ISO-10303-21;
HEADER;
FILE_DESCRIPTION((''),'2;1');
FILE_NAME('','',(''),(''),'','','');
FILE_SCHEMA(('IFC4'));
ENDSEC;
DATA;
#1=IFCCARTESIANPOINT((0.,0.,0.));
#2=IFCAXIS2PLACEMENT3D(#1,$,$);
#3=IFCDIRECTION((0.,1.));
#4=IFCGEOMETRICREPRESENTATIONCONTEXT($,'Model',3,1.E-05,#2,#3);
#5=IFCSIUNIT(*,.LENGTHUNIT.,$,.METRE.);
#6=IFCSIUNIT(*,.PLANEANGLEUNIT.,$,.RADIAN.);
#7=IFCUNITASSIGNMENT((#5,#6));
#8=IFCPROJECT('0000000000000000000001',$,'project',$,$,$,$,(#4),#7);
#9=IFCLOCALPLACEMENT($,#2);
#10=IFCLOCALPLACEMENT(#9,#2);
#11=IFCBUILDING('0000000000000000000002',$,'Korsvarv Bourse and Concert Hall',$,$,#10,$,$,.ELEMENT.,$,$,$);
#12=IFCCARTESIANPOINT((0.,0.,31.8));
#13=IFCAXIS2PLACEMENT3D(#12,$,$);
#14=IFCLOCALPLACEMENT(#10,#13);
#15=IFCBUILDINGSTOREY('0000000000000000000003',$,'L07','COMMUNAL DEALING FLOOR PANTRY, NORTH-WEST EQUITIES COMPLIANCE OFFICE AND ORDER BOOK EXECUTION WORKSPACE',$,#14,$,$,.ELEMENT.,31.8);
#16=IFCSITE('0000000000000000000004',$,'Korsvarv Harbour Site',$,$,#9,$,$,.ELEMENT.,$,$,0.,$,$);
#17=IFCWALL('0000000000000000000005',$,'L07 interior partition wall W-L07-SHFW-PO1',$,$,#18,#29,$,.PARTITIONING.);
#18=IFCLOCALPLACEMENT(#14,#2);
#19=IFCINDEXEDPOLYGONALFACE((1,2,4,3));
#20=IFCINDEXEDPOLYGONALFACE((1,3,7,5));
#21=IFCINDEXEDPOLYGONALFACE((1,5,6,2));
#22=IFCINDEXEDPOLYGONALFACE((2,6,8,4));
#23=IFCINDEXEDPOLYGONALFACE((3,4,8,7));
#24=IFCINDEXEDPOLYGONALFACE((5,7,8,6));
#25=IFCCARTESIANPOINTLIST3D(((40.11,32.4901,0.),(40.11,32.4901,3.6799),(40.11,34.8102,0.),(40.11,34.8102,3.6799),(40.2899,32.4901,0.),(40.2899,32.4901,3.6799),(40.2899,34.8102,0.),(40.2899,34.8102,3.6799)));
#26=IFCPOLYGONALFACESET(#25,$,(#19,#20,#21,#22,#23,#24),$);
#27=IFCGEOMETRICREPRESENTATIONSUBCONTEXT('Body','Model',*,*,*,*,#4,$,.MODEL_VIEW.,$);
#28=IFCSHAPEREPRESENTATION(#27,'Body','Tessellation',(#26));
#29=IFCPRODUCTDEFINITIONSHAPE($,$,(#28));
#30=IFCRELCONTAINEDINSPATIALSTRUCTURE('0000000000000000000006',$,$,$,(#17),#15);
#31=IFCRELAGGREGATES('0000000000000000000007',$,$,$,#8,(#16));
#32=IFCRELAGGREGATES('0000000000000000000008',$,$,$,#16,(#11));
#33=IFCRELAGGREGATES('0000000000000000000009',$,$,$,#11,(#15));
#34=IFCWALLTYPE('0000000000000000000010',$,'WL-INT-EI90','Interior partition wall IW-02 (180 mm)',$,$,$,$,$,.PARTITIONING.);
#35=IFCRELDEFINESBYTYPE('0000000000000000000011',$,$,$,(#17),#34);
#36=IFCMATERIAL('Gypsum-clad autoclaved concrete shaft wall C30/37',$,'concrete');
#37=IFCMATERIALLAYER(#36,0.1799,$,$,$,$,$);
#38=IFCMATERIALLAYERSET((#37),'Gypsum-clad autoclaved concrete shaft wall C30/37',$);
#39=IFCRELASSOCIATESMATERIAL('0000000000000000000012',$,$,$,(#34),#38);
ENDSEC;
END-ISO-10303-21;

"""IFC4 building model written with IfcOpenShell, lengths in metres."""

from ifc_helpers import new_model, si_unit, direction, frame, frame_2d, origin, place, context, subcontext, project, spatial, rectangle, extrude, material, layer, layer_set, type_object, element, save


model = new_model("IFC4")

# Units and contexts
model_context = context("Model", 3, precision=1e-05, world=origin(), true_north=direction((0.0, 1.0)))
body_context = subcontext(model_context, "Body", "Model", "MODEL_VIEW")
ifc_project = project(units=[si_unit("LENGTHUNIT", "METRE"), si_unit("PLANEANGLEUNIT", "RADIAN")], contexts=[model_context])

# Site, building, storey
site_placement = place(None, origin())
site = spatial("IfcSite", under=ifc_project, at=site_placement, Name="Korsvarv Harbour Site", CompositionType="ELEMENT", RefElevation=0.0)
building_placement = place(site_placement, origin())
building = spatial("IfcBuilding", under=site, at=building_placement, Name="Korsvarv Bourse and Concert Hall", CompositionType="ELEMENT")
storey_placement = place(building_placement, frame((0.0, 0.0, 31.8)))
storey = spatial("IfcBuildingStorey", under=building, at=storey_placement, Name="L07", Description="COMMUNAL DEALING FLOOR PANTRY, NORTH-WEST EQUITIES COMPLIANCE OFFICE AND ORDER BOOK EXECUTION WORKSPACE", CompositionType="ELEMENT", Elevation=31.8)

# Wall
ifc_material_1 = material(Name="Gypsum-clad autoclaved concrete shaft wall C30/37", Category="concrete")
ifc_layer_1 = layer(ifc_material_1, 0.1799)
ifc_layer_set_1 = layer_set([ifc_layer_1], Name="Gypsum-clad autoclaved concrete shaft wall C30/37")
wall_type_1 = type_object("IfcWallType", Name="WL-INT-EI90", Description="Interior partition wall IW-02 (180 mm)", PredefinedType="PARTITIONING", material=ifc_layer_set_1)
wall_1_placement = place(storey_placement, frame((40.2, 32.49, 0.0), z_axis=(0.0, 0.0, 1.0), x_axis=(0.0, 1.0, 0.0)))
element("IfcWall", 1, at=wall_1_placement, inside=storey, type_object=wall_type_1, Name="L07 interior partition wall W-L07-SHFW-PO1", PredefinedType="PARTITIONING", context=body_context, shape_type="SweptSolid", body=[
    extrude(rectangle(XDim=2.3201, YDim=0.1799, at=frame_2d((1.1602, 0.0))), origin(), (0.0, 0.0, 1.0), 3.6799),
])

save(model, "model.ifc")
